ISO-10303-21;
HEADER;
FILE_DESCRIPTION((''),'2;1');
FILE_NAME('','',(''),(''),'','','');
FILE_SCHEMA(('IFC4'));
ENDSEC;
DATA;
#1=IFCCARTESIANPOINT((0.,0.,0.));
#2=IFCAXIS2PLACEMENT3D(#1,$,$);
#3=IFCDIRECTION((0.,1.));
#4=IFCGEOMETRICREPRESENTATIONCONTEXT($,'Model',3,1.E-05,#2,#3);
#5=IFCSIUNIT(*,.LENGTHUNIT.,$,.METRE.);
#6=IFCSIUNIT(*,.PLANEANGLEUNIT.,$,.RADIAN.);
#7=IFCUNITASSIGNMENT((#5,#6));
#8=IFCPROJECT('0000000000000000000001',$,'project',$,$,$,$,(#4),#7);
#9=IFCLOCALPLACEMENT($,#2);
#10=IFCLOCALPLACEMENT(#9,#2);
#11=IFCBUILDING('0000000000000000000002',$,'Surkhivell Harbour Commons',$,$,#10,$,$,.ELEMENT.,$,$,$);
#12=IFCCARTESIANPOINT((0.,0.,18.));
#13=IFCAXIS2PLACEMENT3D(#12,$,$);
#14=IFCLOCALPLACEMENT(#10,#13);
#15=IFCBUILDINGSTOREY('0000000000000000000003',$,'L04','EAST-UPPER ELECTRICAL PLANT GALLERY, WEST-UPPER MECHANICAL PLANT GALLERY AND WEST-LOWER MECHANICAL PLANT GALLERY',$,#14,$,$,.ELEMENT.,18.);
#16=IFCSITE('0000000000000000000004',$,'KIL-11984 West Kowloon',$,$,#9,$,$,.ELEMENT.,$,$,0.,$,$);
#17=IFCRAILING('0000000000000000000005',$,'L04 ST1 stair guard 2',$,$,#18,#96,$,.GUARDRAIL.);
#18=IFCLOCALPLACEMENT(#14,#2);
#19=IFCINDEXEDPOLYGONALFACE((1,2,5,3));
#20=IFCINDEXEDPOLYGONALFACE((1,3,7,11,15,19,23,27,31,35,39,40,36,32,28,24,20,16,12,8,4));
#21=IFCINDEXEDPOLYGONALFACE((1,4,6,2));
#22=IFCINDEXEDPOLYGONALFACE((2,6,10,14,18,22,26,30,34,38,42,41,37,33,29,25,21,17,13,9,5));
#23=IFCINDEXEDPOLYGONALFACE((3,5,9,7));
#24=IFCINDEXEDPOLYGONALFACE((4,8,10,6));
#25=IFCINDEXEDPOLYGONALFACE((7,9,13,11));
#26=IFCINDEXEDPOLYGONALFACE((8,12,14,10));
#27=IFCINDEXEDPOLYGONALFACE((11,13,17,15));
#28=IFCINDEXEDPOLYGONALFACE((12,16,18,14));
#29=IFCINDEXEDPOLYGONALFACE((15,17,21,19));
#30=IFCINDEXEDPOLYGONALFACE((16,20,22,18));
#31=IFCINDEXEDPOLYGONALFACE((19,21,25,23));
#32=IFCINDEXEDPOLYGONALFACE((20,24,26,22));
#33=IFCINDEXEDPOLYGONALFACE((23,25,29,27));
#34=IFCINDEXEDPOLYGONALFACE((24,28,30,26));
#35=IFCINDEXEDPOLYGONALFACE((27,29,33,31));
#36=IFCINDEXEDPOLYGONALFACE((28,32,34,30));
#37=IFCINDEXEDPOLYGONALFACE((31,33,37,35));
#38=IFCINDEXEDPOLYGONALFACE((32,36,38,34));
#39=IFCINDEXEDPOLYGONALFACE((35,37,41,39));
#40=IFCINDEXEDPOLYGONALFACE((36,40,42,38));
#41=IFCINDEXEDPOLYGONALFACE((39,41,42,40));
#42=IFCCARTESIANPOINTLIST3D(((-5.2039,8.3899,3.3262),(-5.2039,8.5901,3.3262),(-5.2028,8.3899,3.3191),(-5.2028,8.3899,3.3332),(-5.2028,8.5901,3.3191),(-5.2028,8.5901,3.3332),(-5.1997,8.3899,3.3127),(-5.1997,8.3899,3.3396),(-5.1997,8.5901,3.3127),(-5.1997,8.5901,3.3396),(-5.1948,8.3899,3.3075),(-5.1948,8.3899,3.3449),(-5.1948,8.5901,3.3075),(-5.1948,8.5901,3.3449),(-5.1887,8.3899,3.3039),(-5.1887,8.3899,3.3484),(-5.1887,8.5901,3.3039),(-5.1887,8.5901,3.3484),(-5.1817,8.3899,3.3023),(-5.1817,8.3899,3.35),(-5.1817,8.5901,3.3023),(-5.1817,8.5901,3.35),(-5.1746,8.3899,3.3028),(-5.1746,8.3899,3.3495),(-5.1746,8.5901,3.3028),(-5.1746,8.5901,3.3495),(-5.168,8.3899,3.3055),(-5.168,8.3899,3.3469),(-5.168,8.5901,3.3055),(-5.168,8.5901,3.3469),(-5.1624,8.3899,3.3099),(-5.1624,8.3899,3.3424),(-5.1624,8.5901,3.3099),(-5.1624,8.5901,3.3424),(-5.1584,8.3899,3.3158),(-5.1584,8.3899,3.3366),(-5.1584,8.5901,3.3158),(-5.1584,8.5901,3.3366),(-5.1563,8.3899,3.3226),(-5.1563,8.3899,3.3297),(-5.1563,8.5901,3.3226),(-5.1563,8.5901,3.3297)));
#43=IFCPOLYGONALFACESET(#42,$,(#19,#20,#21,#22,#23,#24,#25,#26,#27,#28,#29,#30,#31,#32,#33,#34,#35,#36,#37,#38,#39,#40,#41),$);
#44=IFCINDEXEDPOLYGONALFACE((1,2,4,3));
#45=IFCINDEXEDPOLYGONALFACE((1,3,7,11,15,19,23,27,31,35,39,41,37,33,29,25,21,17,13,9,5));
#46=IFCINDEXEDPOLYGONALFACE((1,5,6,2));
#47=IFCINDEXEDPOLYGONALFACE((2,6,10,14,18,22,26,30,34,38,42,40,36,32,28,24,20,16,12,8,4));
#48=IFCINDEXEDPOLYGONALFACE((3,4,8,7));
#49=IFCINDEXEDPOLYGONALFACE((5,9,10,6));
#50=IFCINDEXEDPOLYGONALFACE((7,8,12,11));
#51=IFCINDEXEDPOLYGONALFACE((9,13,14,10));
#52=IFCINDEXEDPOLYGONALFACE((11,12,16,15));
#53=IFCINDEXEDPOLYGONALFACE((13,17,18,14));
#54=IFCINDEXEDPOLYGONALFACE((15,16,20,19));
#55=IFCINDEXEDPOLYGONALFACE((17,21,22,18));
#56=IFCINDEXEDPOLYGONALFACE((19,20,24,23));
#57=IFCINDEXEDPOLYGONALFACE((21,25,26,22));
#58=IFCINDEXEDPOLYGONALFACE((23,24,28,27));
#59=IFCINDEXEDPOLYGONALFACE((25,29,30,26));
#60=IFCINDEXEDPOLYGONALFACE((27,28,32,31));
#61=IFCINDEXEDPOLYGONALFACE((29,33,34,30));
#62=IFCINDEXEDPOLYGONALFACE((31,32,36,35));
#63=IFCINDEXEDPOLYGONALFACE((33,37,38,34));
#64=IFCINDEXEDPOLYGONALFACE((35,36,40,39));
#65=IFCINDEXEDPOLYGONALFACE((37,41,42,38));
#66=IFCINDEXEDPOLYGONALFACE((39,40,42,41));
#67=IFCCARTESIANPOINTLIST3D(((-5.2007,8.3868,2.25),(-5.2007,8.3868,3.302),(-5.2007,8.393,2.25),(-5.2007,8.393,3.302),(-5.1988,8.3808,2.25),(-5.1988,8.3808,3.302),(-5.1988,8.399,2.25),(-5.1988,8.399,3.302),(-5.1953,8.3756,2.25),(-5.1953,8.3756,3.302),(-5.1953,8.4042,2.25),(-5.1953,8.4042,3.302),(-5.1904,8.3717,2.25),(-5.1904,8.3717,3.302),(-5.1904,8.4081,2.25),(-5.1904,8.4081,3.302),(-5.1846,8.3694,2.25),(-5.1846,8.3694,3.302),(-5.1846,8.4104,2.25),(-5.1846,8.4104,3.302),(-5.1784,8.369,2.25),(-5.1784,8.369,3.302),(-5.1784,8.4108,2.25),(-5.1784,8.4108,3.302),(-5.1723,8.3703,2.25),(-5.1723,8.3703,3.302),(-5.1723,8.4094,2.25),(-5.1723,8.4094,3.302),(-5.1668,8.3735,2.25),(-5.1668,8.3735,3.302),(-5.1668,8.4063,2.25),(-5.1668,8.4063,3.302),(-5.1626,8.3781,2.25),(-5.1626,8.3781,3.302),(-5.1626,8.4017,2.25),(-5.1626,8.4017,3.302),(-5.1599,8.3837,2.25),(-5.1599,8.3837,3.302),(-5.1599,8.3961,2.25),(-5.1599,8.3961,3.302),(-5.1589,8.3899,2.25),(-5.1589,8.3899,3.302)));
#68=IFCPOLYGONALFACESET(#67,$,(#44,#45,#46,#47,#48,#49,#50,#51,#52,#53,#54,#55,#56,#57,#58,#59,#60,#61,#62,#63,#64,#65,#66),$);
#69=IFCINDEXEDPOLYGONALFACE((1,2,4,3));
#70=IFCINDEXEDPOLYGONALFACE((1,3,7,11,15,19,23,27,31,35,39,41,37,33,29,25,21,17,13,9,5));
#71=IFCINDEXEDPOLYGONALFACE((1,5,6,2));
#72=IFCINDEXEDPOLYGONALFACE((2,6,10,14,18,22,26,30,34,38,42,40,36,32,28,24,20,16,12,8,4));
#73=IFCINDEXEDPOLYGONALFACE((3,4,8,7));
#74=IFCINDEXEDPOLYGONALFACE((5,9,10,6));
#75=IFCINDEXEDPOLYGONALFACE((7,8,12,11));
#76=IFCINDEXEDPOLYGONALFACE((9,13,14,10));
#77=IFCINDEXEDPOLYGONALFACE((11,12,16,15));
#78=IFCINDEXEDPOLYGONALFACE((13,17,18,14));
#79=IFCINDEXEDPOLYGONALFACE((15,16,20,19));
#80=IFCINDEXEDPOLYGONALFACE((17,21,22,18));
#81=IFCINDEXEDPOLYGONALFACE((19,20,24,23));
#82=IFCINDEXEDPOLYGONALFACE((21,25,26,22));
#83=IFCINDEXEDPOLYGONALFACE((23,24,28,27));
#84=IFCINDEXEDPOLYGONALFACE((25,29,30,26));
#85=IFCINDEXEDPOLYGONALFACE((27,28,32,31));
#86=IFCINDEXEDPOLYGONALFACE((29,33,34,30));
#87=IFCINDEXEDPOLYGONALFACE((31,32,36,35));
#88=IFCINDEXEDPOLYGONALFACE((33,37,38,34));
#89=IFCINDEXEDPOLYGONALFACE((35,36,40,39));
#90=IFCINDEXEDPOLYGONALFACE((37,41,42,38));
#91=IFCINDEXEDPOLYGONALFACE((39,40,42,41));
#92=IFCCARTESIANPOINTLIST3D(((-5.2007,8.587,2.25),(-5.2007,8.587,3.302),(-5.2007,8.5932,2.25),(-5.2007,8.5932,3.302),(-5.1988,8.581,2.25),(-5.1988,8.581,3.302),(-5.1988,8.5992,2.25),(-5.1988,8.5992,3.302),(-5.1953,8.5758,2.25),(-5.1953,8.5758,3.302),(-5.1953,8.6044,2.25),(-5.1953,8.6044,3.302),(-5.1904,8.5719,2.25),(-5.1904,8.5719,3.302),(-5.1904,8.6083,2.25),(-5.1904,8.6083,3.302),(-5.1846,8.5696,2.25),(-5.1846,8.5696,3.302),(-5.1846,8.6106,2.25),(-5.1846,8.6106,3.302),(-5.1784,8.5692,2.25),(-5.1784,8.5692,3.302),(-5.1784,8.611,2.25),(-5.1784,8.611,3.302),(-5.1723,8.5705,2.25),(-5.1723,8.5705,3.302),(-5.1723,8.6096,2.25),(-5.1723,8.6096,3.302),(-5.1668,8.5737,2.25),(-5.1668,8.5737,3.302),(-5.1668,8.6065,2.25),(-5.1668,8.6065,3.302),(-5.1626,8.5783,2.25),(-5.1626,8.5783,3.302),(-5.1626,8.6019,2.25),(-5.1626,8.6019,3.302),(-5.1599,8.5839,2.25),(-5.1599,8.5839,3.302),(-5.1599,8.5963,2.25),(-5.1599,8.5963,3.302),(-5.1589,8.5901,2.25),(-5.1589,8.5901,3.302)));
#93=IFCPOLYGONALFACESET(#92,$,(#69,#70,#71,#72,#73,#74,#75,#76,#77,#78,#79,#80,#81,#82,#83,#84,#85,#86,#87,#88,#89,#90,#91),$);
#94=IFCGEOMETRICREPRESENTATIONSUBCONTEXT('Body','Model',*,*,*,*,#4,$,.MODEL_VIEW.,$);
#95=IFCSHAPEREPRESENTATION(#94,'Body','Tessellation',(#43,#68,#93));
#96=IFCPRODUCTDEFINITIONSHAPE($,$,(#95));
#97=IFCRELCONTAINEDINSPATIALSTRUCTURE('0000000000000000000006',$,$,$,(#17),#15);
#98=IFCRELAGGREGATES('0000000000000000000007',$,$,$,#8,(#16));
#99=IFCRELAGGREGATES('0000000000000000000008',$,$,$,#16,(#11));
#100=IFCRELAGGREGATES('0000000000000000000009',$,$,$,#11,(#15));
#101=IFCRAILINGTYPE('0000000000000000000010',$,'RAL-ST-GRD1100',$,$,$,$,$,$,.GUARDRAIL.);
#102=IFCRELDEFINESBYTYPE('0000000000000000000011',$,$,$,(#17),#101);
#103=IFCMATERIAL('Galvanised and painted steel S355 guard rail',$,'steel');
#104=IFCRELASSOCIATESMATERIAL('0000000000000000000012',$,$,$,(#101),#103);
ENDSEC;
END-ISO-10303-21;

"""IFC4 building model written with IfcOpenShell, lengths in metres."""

from ifc_helpers import new_model, si_unit, direction, frame, origin, origin_2d, place, context, subcontext, project, spatial, circle, extrude, material, type_object, element, save


model = new_model("IFC4")

# Units and contexts
model_context = context("Model", 3, precision=1e-05, world=origin(), true_north=direction((0.0, 1.0)))
body_context = subcontext(model_context, "Body", "Model", "MODEL_VIEW")
ifc_project = project(units=[si_unit("LENGTHUNIT", "METRE"), si_unit("PLANEANGLEUNIT", "RADIAN")], contexts=[model_context])

# Site, building, storey
site_placement = place(None, origin())
site = spatial("IfcSite", under=ifc_project, at=site_placement, Name="KIL-11984 West Kowloon", CompositionType="ELEMENT", RefElevation=0.0)
building_placement = place(site_placement, origin())
building = spatial("IfcBuilding", under=site, at=building_placement, Name="Surkhivell Harbour Commons", CompositionType="ELEMENT")
storey_placement = place(building_placement, frame((0.0, 0.0, 18.0)))
storey = spatial("IfcBuildingStorey", under=building, at=storey_placement, Name="L04", Description="EAST-UPPER ELECTRICAL PLANT GALLERY, WEST-UPPER MECHANICAL PLANT GALLERY AND WEST-LOWER MECHANICAL PLANT GALLERY", CompositionType="ELEMENT", Elevation=18.0)

# Railing
ifc_material_1 = material(Name="Galvanised and painted steel S355 guard rail", Category="steel")
railing_type_1 = type_object("IfcRailingType", Name="RAL-ST-GRD1100", PredefinedType="GUARDRAIL", material=ifc_material_1)
railing_1_placement = place(storey_placement, frame((-5.1799, 8.3899, 2.25)))
element("IfcRailing", 1, at=railing_1_placement, inside=storey, type_object=railing_type_1, Name="L04 ST1 stair guard 2", PredefinedType="GUARDRAIL", context=body_context, shape_type="SweptSolid", body=[
    extrude(circle(Radius=0.0239, at=origin_2d()), frame((0.0, 0.0, 1.0762), z_axis=(0.0, 1.0, 0.0), x_axis=(-1.0, 0.0, 0.0)), (0.0, 0.0, 1.0), 0.2002),
    extrude(circle(Radius=0.021, at=origin_2d()), origin(), (0.0, 0.0, 1.0), 1.052),
    extrude(circle(Radius=0.021, at=origin_2d()), frame((0.0, 0.2002, 0.0)), (0.0, 0.0, 1.0), 1.052),
])

save(model, "model.ifc")
